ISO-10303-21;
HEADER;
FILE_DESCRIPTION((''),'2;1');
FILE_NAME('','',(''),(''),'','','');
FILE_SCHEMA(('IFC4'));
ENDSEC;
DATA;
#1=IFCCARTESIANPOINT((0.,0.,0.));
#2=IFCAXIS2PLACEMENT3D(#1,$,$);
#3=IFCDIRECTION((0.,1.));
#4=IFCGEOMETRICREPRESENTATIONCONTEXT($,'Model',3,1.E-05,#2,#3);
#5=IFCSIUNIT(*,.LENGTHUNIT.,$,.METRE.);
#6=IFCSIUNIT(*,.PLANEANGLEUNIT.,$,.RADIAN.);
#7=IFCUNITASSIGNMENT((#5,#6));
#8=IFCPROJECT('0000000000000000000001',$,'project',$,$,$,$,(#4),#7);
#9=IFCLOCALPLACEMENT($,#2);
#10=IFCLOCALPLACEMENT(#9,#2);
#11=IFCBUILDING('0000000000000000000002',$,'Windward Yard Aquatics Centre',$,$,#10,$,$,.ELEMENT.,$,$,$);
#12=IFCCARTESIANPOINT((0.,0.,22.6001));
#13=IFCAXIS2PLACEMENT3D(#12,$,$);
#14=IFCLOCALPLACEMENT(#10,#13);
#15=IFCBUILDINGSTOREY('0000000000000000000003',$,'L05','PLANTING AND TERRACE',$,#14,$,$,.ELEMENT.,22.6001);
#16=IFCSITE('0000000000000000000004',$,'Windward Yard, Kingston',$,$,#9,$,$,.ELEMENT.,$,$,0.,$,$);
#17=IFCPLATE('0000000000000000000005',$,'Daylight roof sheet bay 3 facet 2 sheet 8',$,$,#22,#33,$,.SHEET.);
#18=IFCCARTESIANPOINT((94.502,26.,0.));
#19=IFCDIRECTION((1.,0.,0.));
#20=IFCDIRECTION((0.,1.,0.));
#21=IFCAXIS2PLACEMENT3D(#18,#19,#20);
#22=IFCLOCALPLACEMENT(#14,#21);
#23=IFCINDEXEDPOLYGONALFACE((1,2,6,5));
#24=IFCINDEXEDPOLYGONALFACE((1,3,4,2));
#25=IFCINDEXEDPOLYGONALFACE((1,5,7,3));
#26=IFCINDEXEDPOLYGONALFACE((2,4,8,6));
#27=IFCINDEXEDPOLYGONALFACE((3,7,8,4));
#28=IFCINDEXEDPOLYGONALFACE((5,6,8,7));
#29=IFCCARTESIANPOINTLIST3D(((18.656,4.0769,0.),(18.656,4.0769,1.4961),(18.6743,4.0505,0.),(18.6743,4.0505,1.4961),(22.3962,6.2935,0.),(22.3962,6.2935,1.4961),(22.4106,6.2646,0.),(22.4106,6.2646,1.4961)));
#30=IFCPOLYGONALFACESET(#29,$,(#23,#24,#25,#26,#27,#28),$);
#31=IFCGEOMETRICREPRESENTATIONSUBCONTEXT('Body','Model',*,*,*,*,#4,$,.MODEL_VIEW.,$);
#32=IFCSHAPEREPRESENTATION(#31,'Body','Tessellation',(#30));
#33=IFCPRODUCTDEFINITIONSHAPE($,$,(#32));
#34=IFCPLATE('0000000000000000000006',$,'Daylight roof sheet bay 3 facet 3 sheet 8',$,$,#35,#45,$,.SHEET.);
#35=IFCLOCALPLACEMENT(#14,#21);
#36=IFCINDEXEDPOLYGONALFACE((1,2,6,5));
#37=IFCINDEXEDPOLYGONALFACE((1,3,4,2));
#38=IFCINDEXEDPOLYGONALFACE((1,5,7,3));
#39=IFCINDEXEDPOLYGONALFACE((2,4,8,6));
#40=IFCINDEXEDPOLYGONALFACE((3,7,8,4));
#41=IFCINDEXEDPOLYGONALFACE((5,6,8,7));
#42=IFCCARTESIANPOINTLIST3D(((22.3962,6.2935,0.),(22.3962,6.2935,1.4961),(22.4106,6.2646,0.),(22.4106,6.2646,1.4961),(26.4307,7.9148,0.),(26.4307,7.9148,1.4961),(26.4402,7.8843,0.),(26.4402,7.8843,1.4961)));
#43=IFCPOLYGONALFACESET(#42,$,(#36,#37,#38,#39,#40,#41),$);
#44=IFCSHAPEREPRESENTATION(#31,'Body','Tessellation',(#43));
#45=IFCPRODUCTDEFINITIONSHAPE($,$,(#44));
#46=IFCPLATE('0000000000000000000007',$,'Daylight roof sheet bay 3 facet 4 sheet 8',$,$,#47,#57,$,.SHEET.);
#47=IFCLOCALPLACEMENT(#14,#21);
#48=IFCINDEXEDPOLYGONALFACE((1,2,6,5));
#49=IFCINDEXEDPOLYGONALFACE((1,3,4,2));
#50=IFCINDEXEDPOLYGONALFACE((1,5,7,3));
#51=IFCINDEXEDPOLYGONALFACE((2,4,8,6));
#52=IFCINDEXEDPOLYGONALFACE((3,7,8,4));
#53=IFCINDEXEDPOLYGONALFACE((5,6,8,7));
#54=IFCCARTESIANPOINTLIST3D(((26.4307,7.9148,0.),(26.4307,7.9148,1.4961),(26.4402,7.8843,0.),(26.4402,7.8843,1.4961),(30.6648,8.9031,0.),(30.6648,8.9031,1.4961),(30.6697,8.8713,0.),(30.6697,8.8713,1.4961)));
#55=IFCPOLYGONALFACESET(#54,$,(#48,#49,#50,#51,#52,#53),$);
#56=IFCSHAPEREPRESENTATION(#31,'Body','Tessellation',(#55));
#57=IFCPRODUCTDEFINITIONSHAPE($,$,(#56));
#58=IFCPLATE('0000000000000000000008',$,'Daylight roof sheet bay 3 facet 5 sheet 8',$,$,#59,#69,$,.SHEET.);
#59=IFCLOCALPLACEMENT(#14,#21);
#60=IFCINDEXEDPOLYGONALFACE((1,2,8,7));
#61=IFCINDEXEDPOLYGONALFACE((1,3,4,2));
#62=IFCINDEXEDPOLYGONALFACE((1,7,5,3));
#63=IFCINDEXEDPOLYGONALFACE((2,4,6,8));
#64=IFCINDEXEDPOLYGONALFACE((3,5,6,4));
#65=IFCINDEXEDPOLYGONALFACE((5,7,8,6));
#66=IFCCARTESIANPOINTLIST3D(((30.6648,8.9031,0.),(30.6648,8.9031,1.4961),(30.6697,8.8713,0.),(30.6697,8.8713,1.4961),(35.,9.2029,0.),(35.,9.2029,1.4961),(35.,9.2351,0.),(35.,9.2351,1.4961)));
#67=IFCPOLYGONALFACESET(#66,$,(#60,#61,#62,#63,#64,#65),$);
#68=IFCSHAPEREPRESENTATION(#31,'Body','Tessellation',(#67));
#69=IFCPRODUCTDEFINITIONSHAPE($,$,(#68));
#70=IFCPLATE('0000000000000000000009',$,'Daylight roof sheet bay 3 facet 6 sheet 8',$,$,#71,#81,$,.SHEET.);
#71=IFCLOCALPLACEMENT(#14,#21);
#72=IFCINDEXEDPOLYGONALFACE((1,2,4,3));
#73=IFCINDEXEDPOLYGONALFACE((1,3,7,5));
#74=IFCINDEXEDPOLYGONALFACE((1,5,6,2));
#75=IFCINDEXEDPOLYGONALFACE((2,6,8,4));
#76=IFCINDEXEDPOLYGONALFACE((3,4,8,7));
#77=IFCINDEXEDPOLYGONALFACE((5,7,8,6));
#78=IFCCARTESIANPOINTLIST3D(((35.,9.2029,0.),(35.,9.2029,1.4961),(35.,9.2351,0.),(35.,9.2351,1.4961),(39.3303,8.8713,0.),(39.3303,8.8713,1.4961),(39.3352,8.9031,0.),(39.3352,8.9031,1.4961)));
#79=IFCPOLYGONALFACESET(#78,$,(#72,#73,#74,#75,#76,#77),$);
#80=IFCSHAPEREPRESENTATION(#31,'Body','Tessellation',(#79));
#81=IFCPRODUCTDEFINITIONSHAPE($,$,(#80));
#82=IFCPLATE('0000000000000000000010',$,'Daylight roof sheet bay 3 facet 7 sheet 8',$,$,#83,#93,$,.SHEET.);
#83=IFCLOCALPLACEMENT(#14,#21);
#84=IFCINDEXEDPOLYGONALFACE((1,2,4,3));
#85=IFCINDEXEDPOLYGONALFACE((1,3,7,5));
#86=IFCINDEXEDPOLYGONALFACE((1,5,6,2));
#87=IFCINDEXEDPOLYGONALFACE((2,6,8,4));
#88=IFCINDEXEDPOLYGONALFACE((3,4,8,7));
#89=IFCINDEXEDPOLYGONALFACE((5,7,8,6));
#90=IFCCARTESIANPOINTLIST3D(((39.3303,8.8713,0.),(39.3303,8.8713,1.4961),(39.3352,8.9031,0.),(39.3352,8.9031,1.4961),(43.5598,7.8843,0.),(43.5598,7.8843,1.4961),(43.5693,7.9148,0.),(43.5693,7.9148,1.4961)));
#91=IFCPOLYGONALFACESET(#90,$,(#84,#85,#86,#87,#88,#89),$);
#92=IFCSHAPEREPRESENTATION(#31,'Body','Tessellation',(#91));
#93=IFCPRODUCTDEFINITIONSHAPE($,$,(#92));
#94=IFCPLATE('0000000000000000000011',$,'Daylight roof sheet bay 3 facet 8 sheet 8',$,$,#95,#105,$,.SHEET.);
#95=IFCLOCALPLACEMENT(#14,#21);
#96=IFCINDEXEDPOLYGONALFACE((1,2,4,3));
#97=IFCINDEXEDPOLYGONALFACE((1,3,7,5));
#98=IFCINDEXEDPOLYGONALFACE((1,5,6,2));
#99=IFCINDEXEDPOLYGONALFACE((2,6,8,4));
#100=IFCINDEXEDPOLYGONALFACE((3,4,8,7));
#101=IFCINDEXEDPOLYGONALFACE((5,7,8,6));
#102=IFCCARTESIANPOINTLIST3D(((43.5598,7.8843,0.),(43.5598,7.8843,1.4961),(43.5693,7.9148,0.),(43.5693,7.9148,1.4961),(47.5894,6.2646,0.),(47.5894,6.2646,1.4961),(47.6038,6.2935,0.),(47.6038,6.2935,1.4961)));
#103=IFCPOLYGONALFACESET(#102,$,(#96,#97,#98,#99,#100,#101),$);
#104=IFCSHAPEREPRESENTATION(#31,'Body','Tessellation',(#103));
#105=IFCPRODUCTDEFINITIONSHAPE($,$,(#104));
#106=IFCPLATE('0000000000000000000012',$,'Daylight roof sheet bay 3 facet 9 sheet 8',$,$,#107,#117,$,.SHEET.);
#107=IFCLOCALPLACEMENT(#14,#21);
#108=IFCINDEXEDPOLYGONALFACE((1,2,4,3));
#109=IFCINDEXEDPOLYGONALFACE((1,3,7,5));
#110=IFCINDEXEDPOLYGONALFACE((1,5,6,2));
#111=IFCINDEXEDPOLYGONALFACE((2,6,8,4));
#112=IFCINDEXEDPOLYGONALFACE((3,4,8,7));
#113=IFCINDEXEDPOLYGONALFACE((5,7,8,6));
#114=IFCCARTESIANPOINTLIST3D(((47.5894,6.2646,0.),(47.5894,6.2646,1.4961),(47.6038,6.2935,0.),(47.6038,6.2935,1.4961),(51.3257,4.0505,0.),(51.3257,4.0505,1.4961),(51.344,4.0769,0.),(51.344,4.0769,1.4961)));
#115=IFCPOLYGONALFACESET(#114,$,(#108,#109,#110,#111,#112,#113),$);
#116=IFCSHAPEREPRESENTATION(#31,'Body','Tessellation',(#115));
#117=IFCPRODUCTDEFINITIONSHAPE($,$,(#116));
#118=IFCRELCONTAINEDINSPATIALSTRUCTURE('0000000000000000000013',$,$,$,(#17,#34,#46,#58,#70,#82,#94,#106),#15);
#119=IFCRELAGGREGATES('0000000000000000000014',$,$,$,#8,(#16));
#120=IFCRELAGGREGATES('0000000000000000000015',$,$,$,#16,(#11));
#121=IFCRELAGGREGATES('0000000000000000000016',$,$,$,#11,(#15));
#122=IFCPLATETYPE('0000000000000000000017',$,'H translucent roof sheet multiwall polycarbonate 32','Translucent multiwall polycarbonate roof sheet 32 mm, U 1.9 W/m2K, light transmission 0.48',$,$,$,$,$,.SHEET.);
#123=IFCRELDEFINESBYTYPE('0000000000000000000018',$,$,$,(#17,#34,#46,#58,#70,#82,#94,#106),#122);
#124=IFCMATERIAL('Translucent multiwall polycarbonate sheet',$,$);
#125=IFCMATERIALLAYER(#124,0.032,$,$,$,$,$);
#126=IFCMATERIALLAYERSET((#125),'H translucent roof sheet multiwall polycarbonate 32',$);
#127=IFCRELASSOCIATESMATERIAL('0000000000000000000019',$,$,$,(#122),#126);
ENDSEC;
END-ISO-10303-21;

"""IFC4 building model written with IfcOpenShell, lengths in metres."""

from ifc_helpers import new_model, si_unit, direction, frame, origin, place, context, subcontext, project, spatial, polyline, outline, extrude, material, layer, layer_set, type_object, element, save


model = new_model("IFC4")

# Units and contexts
model_context = context("Model", 3, precision=1e-05, world=origin(), true_north=direction((0.0, 1.0)))
body_context = subcontext(model_context, "Body", "Model", "MODEL_VIEW")
ifc_project = project(units=[si_unit("LENGTHUNIT", "METRE"), si_unit("PLANEANGLEUNIT", "RADIAN")], contexts=[model_context])

# Site, building, storey
site_placement = place(None, origin())
site = spatial("IfcSite", under=ifc_project, at=site_placement, Name="Windward Yard, Kingston", CompositionType="ELEMENT", RefElevation=0.0)
building_placement = place(site_placement, origin())
building = spatial("IfcBuilding", under=site, at=building_placement, Name="Windward Yard Aquatics Centre", CompositionType="ELEMENT")
storey_placement = place(building_placement, frame((0.0, 0.0, 22.6001)))
storey = spatial("IfcBuildingStorey", under=building, at=storey_placement, Name="L05", Description="PLANTING AND TERRACE", CompositionType="ELEMENT", Elevation=22.6001)

# Plates
ifc_material_1 = material(Name="Translucent multiwall polycarbonate sheet")
ifc_layer_1 = layer(ifc_material_1, 0.032)
ifc_layer_set_1 = layer_set([ifc_layer_1], Name="H translucent roof sheet multiwall polycarbonate 32")
plate_type = type_object("IfcPlateType", Name="H translucent roof sheet multiwall polycarbonate 32", Description="Translucent multiwall polycarbonate roof sheet 32 mm, U 1.9 W/m2K, light transmission 0.48", PredefinedType="SHEET", material=ifc_layer_set_1)
plate_1_placement = place(storey_placement, frame((94.502, 26.0, 0.0), z_axis=(1.0, 0.0, 0.0), x_axis=(0.0, 1.0, 0.0)))
element("IfcPlate", 1, at=plate_1_placement, inside=storey, type_object=plate_type, Name="Daylight roof sheet bay 3 facet 2 sheet 8", PredefinedType="SHEET", context=body_context, shape_type="SweptSolid", body=[
    extrude(outline(polyline([(18.6743, 4.0505), (22.4106, 6.2646), (22.3962, 6.2935), (18.656, 4.0769), (18.6743, 4.0505)])), origin(), (0.0, 0.0, 1.0), 1.4961),
])
plate_2_placement = place(storey_placement, frame((94.502, 26.0, 0.0), z_axis=(1.0, 0.0, 0.0), x_axis=(0.0, 1.0, 0.0)))
element("IfcPlate", 2, at=plate_2_placement, inside=storey, type_object=plate_type, Name="Daylight roof sheet bay 3 facet 3 sheet 8", PredefinedType="SHEET", context=body_context, shape_type="SweptSolid", body=[
    extrude(outline(polyline([(22.4106, 6.2646), (26.4402, 7.8843), (26.4307, 7.9148), (22.3962, 6.2935), (22.4106, 6.2646)])), origin(), (0.0, 0.0, 1.0), 1.4961),
])
plate_3_placement = place(storey_placement, frame((94.502, 26.0, 0.0), z_axis=(1.0, 0.0, 0.0), x_axis=(0.0, 1.0, 0.0)))
element("IfcPlate", 3, at=plate_3_placement, inside=storey, type_object=plate_type, Name="Daylight roof sheet bay 3 facet 4 sheet 8", PredefinedType="SHEET", context=body_context, shape_type="SweptSolid", body=[
    extrude(outline(polyline([(26.4402, 7.8843), (30.6697, 8.8713), (30.6648, 8.9031), (26.4307, 7.9148), (26.4402, 7.8843)])), origin(), (0.0, 0.0, 1.0), 1.4961),
])
plate_4_placement = place(storey_placement, frame((94.502, 26.0, 0.0), z_axis=(1.0, 0.0, 0.0), x_axis=(0.0, 1.0, 0.0)))
element("IfcPlate", 4, at=plate_4_placement, inside=storey, type_object=plate_type, Name="Daylight roof sheet bay 3 facet 5 sheet 8", PredefinedType="SHEET", context=body_context, shape_type="SweptSolid", body=[
    extrude(outline(polyline([(30.6697, 8.8713), (35.0, 9.2029), (35.0, 9.2351), (30.6648, 8.9031), (30.6697, 8.8713)])), origin(), (0.0, 0.0, 1.0), 1.4961),
])
plate_5_placement = place(storey_placement, frame((94.502, 26.0, 0.0), z_axis=(1.0, 0.0, 0.0), x_axis=(0.0, 1.0, 0.0)))
element("IfcPlate", 5, at=plate_5_placement, inside=storey, type_object=plate_type, Name="Daylight roof sheet bay 3 facet 6 sheet 8", PredefinedType="SHEET", context=body_context, shape_type="SweptSolid", body=[
    extrude(outline(polyline([(35.0, 9.2029), (39.3303, 8.8713), (39.3352, 8.9031), (35.0, 9.2351), (35.0, 9.2029)])), origin(), (0.0, 0.0, 1.0), 1.4961),
])
plate_6_placement = place(storey_placement, frame((94.502, 26.0, 0.0), z_axis=(1.0, 0.0, 0.0), x_axis=(0.0, 1.0, 0.0)))
element("IfcPlate", 6, at=plate_6_placement, inside=storey, type_object=plate_type, Name="Daylight roof sheet bay 3 facet 7 sheet 8", PredefinedType="SHEET", context=body_context, shape_type="SweptSolid", body=[
    extrude(outline(polyline([(39.3303, 8.8713), (43.5598, 7.8843), (43.5693, 7.9148), (39.3352, 8.9031), (39.3303, 8.8713)])), origin(), (0.0, 0.0, 1.0), 1.4961),
])
plate_7_placement = place(storey_placement, frame((94.502, 26.0, 0.0), z_axis=(1.0, 0.0, 0.0), x_axis=(0.0, 1.0, 0.0)))
element("IfcPlate", 7, at=plate_7_placement, inside=storey, type_object=plate_type, Name="Daylight roof sheet bay 3 facet 8 sheet 8", PredefinedType="SHEET", context=body_context, shape_type="SweptSolid", body=[
    extrude(outline(polyline([(43.5598, 7.8843), (47.5894, 6.2646), (47.6038, 6.2935), (43.5693, 7.9148), (43.5598, 7.8843)])), origin(), (0.0, 0.0, 1.0), 1.4961),
])
plate_8_placement = place(storey_placement, frame((94.502, 26.0, 0.0), z_axis=(1.0, 0.0, 0.0), x_axis=(0.0, 1.0, 0.0)))
element("IfcPlate", 8, at=plate_8_placement, inside=storey, type_object=plate_type, Name="Daylight roof sheet bay 3 facet 9 sheet 8", PredefinedType="SHEET", context=body_context, shape_type="SweptSolid", body=[
    extrude(outline(polyline([(47.5894, 6.2646), (51.3257, 4.0505), (51.344, 4.0769), (47.6038, 6.2935), (47.5894, 6.2646)])), origin(), (0.0, 0.0, 1.0), 1.4961),
])

save(model, "model.ifc")
